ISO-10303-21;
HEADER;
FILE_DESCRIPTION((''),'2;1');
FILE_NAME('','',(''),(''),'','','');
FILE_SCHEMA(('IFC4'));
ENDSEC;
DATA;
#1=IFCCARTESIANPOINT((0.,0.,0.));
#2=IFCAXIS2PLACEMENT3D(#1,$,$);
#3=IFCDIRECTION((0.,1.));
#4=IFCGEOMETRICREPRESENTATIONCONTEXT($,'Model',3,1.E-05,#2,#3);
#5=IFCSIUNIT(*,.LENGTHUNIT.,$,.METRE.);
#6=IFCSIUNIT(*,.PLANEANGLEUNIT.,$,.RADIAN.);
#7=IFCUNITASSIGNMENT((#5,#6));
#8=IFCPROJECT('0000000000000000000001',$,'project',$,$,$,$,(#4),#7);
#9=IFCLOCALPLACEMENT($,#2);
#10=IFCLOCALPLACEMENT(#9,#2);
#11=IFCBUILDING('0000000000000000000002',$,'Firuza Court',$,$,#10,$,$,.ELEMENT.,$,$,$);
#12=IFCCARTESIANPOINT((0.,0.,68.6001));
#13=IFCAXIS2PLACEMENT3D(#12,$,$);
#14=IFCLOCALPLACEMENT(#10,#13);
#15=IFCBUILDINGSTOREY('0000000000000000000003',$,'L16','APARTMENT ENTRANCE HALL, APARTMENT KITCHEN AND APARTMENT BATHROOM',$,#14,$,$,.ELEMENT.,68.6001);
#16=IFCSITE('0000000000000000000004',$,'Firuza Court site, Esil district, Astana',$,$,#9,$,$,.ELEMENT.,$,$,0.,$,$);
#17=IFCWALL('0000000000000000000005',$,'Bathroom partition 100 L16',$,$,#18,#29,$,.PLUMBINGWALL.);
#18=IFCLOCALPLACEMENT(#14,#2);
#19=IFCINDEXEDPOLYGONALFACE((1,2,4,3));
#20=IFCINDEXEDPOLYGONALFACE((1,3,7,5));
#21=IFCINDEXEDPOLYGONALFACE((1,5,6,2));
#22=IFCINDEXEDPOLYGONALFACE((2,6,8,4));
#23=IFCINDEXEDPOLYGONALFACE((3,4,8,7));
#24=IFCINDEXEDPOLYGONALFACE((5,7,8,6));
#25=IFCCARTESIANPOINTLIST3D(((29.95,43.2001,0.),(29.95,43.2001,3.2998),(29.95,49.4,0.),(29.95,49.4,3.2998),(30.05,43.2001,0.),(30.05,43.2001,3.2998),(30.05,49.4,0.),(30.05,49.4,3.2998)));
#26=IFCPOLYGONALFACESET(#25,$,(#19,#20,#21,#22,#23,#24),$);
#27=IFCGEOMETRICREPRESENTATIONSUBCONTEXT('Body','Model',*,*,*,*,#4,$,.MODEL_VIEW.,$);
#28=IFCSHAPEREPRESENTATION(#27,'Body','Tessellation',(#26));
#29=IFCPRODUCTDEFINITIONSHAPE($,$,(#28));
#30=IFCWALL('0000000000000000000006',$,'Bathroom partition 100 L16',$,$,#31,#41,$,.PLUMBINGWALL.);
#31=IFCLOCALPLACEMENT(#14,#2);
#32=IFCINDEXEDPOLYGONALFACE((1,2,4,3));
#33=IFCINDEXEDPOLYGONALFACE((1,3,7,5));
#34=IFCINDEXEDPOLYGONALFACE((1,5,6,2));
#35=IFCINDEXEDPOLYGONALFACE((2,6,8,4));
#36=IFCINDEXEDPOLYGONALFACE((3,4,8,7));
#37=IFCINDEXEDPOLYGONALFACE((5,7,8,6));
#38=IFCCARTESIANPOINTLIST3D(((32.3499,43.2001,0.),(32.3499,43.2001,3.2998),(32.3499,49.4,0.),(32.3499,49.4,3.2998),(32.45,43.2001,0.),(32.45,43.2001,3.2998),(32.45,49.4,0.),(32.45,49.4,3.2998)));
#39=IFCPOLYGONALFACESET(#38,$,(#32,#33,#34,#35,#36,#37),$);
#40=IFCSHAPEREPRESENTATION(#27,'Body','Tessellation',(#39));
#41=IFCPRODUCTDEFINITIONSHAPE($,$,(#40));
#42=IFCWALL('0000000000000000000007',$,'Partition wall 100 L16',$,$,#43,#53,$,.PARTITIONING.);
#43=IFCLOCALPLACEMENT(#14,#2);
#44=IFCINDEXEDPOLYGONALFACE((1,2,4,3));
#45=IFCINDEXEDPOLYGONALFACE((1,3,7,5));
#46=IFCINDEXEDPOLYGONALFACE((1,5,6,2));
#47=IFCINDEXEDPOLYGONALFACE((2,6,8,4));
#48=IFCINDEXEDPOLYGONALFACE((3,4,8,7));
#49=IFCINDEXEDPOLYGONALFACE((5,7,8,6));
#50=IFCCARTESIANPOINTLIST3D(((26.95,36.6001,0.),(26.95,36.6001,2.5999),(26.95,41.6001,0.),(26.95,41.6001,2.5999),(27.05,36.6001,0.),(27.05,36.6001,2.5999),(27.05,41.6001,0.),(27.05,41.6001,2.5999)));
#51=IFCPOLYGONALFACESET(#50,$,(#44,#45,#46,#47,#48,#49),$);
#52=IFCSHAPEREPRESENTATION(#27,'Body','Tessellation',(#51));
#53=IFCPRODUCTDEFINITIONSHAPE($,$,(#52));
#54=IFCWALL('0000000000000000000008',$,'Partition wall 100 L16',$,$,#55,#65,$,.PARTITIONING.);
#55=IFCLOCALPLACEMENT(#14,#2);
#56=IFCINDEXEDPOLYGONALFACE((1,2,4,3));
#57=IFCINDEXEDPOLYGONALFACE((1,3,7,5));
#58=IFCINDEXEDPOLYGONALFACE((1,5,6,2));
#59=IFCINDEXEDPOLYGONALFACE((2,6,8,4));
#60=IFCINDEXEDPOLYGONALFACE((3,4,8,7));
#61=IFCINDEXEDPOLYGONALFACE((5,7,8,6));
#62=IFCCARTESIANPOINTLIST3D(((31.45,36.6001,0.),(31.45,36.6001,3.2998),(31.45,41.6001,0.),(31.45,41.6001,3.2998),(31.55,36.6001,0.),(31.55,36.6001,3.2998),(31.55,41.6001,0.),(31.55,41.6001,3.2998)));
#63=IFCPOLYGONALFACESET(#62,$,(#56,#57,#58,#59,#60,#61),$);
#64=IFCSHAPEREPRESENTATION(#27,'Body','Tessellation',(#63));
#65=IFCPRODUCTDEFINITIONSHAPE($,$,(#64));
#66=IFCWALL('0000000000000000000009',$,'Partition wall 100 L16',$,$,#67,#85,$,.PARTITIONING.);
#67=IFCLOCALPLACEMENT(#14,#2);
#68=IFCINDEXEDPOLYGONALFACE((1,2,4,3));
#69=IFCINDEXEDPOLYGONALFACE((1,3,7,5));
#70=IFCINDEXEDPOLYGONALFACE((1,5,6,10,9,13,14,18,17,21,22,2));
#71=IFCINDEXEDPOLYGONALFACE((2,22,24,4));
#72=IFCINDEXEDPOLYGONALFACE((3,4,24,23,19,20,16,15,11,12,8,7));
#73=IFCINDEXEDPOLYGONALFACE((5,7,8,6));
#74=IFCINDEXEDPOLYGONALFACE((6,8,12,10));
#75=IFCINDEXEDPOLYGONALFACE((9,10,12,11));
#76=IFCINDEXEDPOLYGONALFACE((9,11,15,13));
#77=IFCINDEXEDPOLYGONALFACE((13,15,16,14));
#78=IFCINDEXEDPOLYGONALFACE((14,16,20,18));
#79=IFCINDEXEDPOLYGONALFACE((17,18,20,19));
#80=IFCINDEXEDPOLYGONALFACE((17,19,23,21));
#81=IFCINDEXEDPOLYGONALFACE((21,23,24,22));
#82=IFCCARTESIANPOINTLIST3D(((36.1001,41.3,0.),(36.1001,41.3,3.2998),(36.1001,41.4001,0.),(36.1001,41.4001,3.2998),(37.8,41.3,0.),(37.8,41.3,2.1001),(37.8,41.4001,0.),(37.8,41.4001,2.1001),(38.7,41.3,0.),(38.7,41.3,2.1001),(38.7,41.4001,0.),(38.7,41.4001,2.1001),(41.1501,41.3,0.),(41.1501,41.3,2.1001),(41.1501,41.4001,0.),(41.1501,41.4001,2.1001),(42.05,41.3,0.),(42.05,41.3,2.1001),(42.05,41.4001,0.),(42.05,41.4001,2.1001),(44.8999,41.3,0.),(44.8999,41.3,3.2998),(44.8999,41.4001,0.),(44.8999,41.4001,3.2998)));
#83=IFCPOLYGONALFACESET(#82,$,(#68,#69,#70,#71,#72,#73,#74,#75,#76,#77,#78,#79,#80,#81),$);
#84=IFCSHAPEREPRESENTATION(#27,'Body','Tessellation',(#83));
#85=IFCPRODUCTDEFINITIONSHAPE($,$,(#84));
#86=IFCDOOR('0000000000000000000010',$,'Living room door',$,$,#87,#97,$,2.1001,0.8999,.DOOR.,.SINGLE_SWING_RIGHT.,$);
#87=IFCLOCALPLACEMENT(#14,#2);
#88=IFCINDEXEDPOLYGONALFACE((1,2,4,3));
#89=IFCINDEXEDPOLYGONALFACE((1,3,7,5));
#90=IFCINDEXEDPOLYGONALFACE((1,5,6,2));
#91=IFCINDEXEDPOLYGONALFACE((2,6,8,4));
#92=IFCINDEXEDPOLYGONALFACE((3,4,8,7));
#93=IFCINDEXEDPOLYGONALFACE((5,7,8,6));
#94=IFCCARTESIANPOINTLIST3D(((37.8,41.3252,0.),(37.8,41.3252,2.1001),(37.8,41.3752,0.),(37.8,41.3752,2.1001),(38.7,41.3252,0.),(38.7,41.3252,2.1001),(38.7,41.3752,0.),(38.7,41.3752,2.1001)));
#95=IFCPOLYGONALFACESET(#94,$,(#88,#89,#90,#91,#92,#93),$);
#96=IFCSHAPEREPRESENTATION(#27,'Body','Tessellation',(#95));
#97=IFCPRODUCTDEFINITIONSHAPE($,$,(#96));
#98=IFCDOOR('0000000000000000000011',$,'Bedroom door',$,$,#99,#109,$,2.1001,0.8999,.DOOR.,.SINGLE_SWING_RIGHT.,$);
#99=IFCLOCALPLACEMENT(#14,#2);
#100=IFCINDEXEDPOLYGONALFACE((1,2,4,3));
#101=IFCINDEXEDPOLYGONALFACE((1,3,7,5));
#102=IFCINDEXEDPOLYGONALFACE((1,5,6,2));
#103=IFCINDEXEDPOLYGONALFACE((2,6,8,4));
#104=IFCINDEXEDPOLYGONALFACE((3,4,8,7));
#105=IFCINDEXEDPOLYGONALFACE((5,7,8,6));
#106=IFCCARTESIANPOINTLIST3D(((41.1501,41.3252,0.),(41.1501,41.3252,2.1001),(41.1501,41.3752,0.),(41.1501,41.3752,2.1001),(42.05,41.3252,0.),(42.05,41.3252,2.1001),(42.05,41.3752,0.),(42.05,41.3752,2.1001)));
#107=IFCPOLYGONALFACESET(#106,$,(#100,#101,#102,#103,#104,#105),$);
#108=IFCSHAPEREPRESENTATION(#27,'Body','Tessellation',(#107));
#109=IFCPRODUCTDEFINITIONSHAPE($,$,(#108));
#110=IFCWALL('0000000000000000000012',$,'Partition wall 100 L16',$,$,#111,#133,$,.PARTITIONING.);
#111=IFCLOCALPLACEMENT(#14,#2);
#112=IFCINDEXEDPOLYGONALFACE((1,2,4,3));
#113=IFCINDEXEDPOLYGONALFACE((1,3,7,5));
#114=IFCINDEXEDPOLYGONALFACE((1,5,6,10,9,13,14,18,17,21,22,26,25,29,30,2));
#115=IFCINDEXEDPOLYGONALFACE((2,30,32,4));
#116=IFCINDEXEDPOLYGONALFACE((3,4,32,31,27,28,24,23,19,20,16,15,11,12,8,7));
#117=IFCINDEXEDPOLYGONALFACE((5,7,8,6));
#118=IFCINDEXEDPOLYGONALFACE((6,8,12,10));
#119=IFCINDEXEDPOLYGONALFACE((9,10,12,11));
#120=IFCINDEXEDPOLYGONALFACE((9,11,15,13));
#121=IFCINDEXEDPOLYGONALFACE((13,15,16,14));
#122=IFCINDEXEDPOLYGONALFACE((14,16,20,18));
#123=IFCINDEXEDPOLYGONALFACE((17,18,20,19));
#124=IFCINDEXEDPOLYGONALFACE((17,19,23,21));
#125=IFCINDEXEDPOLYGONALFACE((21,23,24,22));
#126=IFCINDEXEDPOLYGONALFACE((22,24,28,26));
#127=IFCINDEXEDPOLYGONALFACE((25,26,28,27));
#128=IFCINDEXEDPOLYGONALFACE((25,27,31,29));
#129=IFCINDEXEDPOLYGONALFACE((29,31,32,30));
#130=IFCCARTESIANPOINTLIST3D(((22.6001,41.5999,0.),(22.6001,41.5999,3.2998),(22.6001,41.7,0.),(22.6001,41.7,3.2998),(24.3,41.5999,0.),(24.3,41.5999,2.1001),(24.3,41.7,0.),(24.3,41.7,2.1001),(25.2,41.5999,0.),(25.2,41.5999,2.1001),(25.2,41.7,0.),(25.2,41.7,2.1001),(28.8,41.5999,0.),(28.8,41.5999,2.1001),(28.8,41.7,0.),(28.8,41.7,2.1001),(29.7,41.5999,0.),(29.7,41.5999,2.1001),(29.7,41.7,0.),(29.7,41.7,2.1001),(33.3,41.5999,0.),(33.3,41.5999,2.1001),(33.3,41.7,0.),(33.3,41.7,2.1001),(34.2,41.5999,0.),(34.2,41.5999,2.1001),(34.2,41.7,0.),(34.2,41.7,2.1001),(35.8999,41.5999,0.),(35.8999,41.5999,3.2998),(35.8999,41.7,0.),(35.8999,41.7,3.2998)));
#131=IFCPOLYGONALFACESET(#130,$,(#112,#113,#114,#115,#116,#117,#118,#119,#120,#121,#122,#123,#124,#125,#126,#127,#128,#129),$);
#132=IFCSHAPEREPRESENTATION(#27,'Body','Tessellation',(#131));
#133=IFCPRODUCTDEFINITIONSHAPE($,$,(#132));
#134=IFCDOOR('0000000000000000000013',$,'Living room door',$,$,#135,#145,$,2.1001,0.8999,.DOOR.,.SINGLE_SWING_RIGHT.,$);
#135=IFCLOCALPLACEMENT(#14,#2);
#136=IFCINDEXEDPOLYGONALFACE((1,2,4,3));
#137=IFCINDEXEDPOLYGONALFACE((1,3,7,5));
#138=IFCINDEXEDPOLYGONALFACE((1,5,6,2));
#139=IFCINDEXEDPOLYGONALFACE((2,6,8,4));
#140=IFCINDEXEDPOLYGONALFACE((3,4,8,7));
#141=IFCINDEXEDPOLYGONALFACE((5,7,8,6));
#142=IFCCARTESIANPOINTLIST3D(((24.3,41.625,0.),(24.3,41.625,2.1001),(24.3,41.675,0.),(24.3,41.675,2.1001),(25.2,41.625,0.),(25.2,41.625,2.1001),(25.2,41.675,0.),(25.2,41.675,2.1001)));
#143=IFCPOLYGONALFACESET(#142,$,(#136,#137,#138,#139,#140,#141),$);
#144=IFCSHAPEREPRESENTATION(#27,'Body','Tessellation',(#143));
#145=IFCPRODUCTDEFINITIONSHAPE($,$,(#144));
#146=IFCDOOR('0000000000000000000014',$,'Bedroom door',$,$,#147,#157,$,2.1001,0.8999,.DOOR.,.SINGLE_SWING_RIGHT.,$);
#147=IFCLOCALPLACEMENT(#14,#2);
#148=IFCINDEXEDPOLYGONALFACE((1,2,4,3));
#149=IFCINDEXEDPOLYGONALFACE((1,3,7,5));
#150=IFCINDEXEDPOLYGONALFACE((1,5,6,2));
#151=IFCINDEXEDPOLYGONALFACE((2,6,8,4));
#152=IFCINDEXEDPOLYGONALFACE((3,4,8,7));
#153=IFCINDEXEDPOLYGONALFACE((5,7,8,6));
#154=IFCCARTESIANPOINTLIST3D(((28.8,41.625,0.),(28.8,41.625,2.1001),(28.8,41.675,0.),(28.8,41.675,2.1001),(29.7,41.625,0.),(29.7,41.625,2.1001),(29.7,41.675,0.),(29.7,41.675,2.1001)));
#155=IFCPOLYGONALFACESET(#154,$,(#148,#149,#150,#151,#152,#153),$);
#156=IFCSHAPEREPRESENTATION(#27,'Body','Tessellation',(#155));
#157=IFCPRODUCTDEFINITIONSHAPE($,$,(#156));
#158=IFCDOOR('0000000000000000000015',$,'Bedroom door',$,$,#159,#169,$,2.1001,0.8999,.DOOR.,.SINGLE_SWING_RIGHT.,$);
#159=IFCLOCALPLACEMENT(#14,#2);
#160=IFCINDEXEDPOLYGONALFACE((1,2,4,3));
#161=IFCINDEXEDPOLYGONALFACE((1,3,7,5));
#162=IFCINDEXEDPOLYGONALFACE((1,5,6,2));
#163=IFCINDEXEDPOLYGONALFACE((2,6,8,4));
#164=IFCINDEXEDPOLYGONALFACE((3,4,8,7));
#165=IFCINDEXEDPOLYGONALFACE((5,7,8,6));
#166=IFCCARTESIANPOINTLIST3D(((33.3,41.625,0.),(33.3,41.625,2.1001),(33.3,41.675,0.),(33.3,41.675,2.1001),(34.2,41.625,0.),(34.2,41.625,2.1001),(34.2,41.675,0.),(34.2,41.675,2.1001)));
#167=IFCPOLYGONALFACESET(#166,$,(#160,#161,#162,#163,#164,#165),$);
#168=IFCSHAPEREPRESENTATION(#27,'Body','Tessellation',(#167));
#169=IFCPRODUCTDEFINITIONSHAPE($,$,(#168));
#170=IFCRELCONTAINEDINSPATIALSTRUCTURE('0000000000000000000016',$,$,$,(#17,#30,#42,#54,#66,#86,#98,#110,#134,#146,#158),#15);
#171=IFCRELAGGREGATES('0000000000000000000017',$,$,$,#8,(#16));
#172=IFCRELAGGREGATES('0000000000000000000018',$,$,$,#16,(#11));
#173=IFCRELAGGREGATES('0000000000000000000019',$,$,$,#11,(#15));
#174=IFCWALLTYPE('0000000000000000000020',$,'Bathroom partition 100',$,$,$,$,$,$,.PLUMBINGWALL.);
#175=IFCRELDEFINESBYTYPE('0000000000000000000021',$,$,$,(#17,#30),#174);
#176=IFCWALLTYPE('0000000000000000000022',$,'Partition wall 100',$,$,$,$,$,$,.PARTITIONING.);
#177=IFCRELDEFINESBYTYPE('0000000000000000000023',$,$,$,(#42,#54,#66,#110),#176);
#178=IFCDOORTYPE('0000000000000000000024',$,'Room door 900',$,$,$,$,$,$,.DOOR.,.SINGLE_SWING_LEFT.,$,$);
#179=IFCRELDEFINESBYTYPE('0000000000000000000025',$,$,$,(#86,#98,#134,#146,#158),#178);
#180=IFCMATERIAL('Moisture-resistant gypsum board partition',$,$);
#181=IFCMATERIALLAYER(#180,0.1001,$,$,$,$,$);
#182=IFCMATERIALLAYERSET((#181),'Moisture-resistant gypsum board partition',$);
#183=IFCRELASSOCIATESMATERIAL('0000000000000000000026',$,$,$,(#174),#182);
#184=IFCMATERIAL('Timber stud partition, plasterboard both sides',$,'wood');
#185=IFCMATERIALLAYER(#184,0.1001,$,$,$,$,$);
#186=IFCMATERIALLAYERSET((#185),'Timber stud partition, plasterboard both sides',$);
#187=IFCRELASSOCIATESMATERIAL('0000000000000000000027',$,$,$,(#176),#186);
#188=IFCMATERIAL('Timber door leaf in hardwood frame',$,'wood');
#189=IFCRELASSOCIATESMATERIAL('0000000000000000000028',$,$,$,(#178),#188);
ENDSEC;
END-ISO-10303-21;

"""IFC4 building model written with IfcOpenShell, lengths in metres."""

from ifc_helpers import new_model, si_unit, direction, frame, frame_2d, origin, place, context, subcontext, project, spatial, rectangle, extrude, material, layer, layer_set, type_object, element, fill, save


model = new_model("IFC4")

# Units and contexts
model_context = context("Model", 3, precision=1e-05, world=origin(), true_north=direction((0.0, 1.0)))
body_context = subcontext(model_context, "Body", "Model", "MODEL_VIEW")
ifc_project = project(units=[si_unit("LENGTHUNIT", "METRE"), si_unit("PLANEANGLEUNIT", "RADIAN")], contexts=[model_context])

# Site, building, storey
site_placement = place(None, origin())
site = spatial("IfcSite", under=ifc_project, at=site_placement, Name="Firuza Court site, Esil district, Astana", CompositionType="ELEMENT", RefElevation=0.0)
building_placement = place(site_placement, origin())
building = spatial("IfcBuilding", under=site, at=building_placement, Name="Firuza Court", CompositionType="ELEMENT")
storey_placement = place(building_placement, frame((0.0, 0.0, 68.6001)))
storey = spatial("IfcBuildingStorey", under=building, at=storey_placement, Name="L16", Description="APARTMENT ENTRANCE HALL, APARTMENT KITCHEN AND APARTMENT BATHROOM", CompositionType="ELEMENT", Elevation=68.6001)

# Walls
ifc_material_1 = material(Name="Moisture-resistant gypsum board partition")
ifc_layer_1 = layer(ifc_material_1, 0.1001)
ifc_layer_set_1 = layer_set([ifc_layer_1], Name="Moisture-resistant gypsum board partition")
wall_type_1 = type_object("IfcWallType", Name="Bathroom partition 100", PredefinedType="PLUMBINGWALL", material=ifc_layer_set_1)
for number, where, z_axis, x_axis, name in (
    (1, (30.0, 43.2, 0.0), (0.0, 0.0, 1.0), (0.0, 1.0, 0.0), "Bathroom partition 100 L16"),
    (2, (32.3999, 43.2, 0.0), (0.0, 0.0, 1.0), (0.0, 1.0, 0.0), "Bathroom partition 100 L16"),
):
    element("IfcWall", number, at=place(storey_placement, frame(where, z_axis=z_axis, x_axis=x_axis)), inside=storey, type_object=wall_type_1, Name=name, PredefinedType="PLUMBINGWALL", context=body_context, shape_type="SweptSolid", body=[
        extrude(rectangle(XDim=6.2, YDim=0.1001, at=frame_2d((3.1001, 0.0))), origin(), (0.0, 0.0, 1.0), 3.2998),
    ])
ifc_material_2 = material(Name="Timber stud partition, plasterboard both sides", Category="wood")
ifc_layer_2 = layer(ifc_material_2, 0.1001)
ifc_layer_set_2 = layer_set([ifc_layer_2], Name="Timber stud partition, plasterboard both sides")
wall_type_2 = type_object("IfcWallType", Name="Partition wall 100", PredefinedType="PARTITIONING", material=ifc_layer_set_2)
wall_1_placement = place(storey_placement, frame((27.0, 36.6001, 0.0), z_axis=(0.0, 0.0, 1.0), x_axis=(0.0, 1.0, 0.0)))
element("IfcWall", 3, at=wall_1_placement, inside=storey, type_object=wall_type_2, Name="Partition wall 100 L16", PredefinedType="PARTITIONING", context=body_context, shape_type="SweptSolid", body=[
    extrude(rectangle(XDim=5.0, YDim=0.1001, at=frame_2d((2.5, 0.0))), origin(), (0.0, 0.0, 1.0), 2.5999),
])
wall_2_placement = place(storey_placement, frame((31.5, 36.6001, 0.0), z_axis=(0.0, 0.0, 1.0), x_axis=(0.0, 1.0, 0.0)))
element("IfcWall", 4, at=wall_2_placement, inside=storey, type_object=wall_type_2, Name="Partition wall 100 L16", PredefinedType="PARTITIONING", context=body_context, shape_type="SweptSolid", body=[
    extrude(rectangle(XDim=5.0, YDim=0.1001, at=frame_2d((2.5, 0.0))), origin(), (0.0, 0.0, 1.0), 3.2998),
])

# Walls, openings, doors
wall_3_placement = place(storey_placement, frame((36.1001, 41.3501, 0.0), z_axis=(0.0, 0.0, 1.0), x_axis=(1.0, 0.0, 0.0)))
wall_3 = element("IfcWall", 5, at=wall_3_placement, inside=storey, type_object=wall_type_2, Name="Partition wall 100 L16", PredefinedType="PARTITIONING", context=body_context, shape_type="SweptSolid", body=[
    extrude(rectangle(XDim=8.7998, YDim=0.1001, at=frame_2d((4.3999, 0.0))), origin(), (0.0, 0.0, 1.0), 3.2998),
])
opening_1_placement = place(wall_3_placement, frame((1.7, 0.0, 0.0)))
opening_1 = element("IfcOpeningElement", 6, at=opening_1_placement, cuts=wall_3, PredefinedType="OPENING", context=body_context, shape_type="SweptSolid", body=[
    extrude(rectangle(XDim=0.8999, YDim=2.1001, at=frame_2d((0.45, 1.05))), frame((0.0, 0.062, 0.0), z_axis=(0.0, -1.0, 0.0), x_axis=(1.0, 0.0, 0.0)), (0.0, 0.0, 1.0), 0.124),
])
opening_2_placement = place(wall_3_placement, frame((5.05, 0.0, 0.0)))
opening_2 = element("IfcOpeningElement", 7, at=opening_2_placement, cuts=wall_3, PredefinedType="OPENING", context=body_context, shape_type="SweptSolid", body=[
    extrude(rectangle(XDim=0.8999, YDim=2.1001, at=frame_2d((0.45, 1.05))), frame((0.0, 0.062, 0.0), z_axis=(0.0, -1.0, 0.0), x_axis=(1.0, 0.0, 0.0)), (0.0, 0.0, 1.0), 0.124),
])
ifc_material_3 = material(Name="Timber door leaf in hardwood frame", Category="wood")
door_type_1 = type_object("IfcDoorType", Name="Room door 900", OperationType="SINGLE_SWING_LEFT", PredefinedType="DOOR", material=ifc_material_3)
door_1_placement = place(opening_1_placement, frame((0.8999, 0.0, 0.0), z_axis=(0.0, 0.0, 1.0), x_axis=(-1.0, 0.0, 0.0)))
door_1 = element("IfcDoor", 8, at=door_1_placement, inside=storey, type_object=door_type_1, Name="Living room door", OperationType="SINGLE_SWING_RIGHT", OverallHeight=2.1001, OverallWidth=0.8999, PredefinedType="DOOR", context=body_context, shape_type="SweptSolid", body=[
    extrude(rectangle(XDim=0.8999, YDim=2.1001, at=frame_2d((0.45, 1.05))), frame((0.0, 0.0249, 0.0), z_axis=(0.0, -1.0, 0.0), x_axis=(1.0, 0.0, 0.0)), (0.0, 0.0, 1.0), 0.05),
])
fill(opening_1, door_1)
door_2_placement = place(opening_2_placement, frame((0.8999, 0.0, 0.0), z_axis=(0.0, 0.0, 1.0), x_axis=(-1.0, 0.0, 0.0)))
door_2 = element("IfcDoor", 9, at=door_2_placement, inside=storey, type_object=door_type_1, Name="Bedroom door", OperationType="SINGLE_SWING_RIGHT", OverallHeight=2.1001, OverallWidth=0.8999, PredefinedType="DOOR", context=body_context, shape_type="SweptSolid", body=[
    extrude(rectangle(XDim=0.8999, YDim=2.1001, at=frame_2d((0.45, 1.05))), frame((0.0, 0.0249, 0.0), z_axis=(0.0, -1.0, 0.0), x_axis=(1.0, 0.0, 0.0)), (0.0, 0.0, 1.0), 0.05),
])
fill(opening_2, door_2)
wall_4_placement = place(storey_placement, frame((22.6001, 41.6499, 0.0), z_axis=(0.0, 0.0, 1.0), x_axis=(1.0, 0.0, 0.0)))
wall_4 = element("IfcWall", 10, at=wall_4_placement, inside=storey, type_object=wall_type_2, Name="Partition wall 100 L16", PredefinedType="PARTITIONING", context=body_context, shape_type="SweptSolid", body=[
    extrude(rectangle(XDim=13.2998, YDim=0.1001, at=frame_2d((6.6499, 0.0))), origin(), (0.0, 0.0, 1.0), 3.2998),
])
opening_3_placement = place(wall_4_placement, frame((1.7, 0.0, 0.0)))
opening_3 = element("IfcOpeningElement", 11, at=opening_3_placement, cuts=wall_4, PredefinedType="OPENING", context=body_context, shape_type="SweptSolid", body=[
    extrude(rectangle(XDim=0.8999, YDim=2.1001, at=frame_2d((0.45, 1.05))), frame((0.0, 0.062, 0.0), z_axis=(0.0, -1.0, 0.0), x_axis=(1.0, 0.0, 0.0)), (0.0, 0.0, 1.0), 0.124),
])
opening_4_placement = place(wall_4_placement, frame((6.2, 0.0, 0.0)))
opening_4 = element("IfcOpeningElement", 12, at=opening_4_placement, cuts=wall_4, PredefinedType="OPENING", context=body_context, shape_type="SweptSolid", body=[
    extrude(rectangle(XDim=0.8999, YDim=2.1001, at=frame_2d((0.45, 1.05))), frame((0.0, 0.062, 0.0), z_axis=(0.0, -1.0, 0.0), x_axis=(1.0, 0.0, 0.0)), (0.0, 0.0, 1.0), 0.124),
])
opening_5_placement = place(wall_4_placement, frame((10.7, 0.0, 0.0)))
opening_5 = element("IfcOpeningElement", 13, at=opening_5_placement, cuts=wall_4, PredefinedType="OPENING", context=body_context, shape_type="SweptSolid", body=[
    extrude(rectangle(XDim=0.8999, YDim=2.1001, at=frame_2d((0.45, 1.05))), frame((0.0, 0.062, 0.0), z_axis=(0.0, -1.0, 0.0), x_axis=(1.0, 0.0, 0.0)), (0.0, 0.0, 1.0), 0.124),
])
door_3_placement = place(opening_3_placement, frame((0.8999, 0.0, 0.0), z_axis=(0.0, 0.0, 1.0), x_axis=(-1.0, 0.0, 0.0)))
door_3 = element("IfcDoor", 14, at=door_3_placement, inside=storey, type_object=door_type_1, Name="Living room door", OperationType="SINGLE_SWING_RIGHT", OverallHeight=2.1001, OverallWidth=0.8999, PredefinedType="DOOR", context=body_context, shape_type="SweptSolid", body=[
    extrude(rectangle(XDim=0.8999, YDim=2.1001, at=frame_2d((0.45, 1.05))), frame((0.0, 0.0249, 0.0), z_axis=(0.0, -1.0, 0.0), x_axis=(1.0, 0.0, 0.0)), (0.0, 0.0, 1.0), 0.05),
])
fill(opening_3, door_3)
door_4_placement = place(opening_4_placement, frame((0.8999, 0.0, 0.0), z_axis=(0.0, 0.0, 1.0), x_axis=(-1.0, 0.0, 0.0)))
door_4 = element("IfcDoor", 15, at=door_4_placement, inside=storey, type_object=door_type_1, Name="Bedroom door", OperationType="SINGLE_SWING_RIGHT", OverallHeight=2.1001, OverallWidth=0.8999, PredefinedType="DOOR", context=body_context, shape_type="SweptSolid", body=[
    extrude(rectangle(XDim=0.8999, YDim=2.1001, at=frame_2d((0.45, 1.05))), frame((0.0, 0.0249, 0.0), z_axis=(0.0, -1.0, 0.0), x_axis=(1.0, 0.0, 0.0)), (0.0, 0.0, 1.0), 0.05),
])
fill(opening_4, door_4)
door_5_placement = place(opening_5_placement, frame((0.8999, 0.0, 0.0), z_axis=(0.0, 0.0, 1.0), x_axis=(-1.0, 0.0, 0.0)))
door_5 = element("IfcDoor", 16, at=door_5_placement, inside=storey, type_object=door_type_1, Name="Bedroom door", OperationType="SINGLE_SWING_RIGHT", OverallHeight=2.1001, OverallWidth=0.8999, PredefinedType="DOOR", context=body_context, shape_type="SweptSolid", body=[
    extrude(rectangle(XDim=0.8999, YDim=2.1001, at=frame_2d((0.45, 1.05))), frame((0.0, 0.0249, 0.0), z_axis=(0.0, -1.0, 0.0), x_axis=(1.0, 0.0, 0.0)), (0.0, 0.0, 1.0), 0.05),
])
fill(opening_5, door_5)

save(model, "model.ifc")
